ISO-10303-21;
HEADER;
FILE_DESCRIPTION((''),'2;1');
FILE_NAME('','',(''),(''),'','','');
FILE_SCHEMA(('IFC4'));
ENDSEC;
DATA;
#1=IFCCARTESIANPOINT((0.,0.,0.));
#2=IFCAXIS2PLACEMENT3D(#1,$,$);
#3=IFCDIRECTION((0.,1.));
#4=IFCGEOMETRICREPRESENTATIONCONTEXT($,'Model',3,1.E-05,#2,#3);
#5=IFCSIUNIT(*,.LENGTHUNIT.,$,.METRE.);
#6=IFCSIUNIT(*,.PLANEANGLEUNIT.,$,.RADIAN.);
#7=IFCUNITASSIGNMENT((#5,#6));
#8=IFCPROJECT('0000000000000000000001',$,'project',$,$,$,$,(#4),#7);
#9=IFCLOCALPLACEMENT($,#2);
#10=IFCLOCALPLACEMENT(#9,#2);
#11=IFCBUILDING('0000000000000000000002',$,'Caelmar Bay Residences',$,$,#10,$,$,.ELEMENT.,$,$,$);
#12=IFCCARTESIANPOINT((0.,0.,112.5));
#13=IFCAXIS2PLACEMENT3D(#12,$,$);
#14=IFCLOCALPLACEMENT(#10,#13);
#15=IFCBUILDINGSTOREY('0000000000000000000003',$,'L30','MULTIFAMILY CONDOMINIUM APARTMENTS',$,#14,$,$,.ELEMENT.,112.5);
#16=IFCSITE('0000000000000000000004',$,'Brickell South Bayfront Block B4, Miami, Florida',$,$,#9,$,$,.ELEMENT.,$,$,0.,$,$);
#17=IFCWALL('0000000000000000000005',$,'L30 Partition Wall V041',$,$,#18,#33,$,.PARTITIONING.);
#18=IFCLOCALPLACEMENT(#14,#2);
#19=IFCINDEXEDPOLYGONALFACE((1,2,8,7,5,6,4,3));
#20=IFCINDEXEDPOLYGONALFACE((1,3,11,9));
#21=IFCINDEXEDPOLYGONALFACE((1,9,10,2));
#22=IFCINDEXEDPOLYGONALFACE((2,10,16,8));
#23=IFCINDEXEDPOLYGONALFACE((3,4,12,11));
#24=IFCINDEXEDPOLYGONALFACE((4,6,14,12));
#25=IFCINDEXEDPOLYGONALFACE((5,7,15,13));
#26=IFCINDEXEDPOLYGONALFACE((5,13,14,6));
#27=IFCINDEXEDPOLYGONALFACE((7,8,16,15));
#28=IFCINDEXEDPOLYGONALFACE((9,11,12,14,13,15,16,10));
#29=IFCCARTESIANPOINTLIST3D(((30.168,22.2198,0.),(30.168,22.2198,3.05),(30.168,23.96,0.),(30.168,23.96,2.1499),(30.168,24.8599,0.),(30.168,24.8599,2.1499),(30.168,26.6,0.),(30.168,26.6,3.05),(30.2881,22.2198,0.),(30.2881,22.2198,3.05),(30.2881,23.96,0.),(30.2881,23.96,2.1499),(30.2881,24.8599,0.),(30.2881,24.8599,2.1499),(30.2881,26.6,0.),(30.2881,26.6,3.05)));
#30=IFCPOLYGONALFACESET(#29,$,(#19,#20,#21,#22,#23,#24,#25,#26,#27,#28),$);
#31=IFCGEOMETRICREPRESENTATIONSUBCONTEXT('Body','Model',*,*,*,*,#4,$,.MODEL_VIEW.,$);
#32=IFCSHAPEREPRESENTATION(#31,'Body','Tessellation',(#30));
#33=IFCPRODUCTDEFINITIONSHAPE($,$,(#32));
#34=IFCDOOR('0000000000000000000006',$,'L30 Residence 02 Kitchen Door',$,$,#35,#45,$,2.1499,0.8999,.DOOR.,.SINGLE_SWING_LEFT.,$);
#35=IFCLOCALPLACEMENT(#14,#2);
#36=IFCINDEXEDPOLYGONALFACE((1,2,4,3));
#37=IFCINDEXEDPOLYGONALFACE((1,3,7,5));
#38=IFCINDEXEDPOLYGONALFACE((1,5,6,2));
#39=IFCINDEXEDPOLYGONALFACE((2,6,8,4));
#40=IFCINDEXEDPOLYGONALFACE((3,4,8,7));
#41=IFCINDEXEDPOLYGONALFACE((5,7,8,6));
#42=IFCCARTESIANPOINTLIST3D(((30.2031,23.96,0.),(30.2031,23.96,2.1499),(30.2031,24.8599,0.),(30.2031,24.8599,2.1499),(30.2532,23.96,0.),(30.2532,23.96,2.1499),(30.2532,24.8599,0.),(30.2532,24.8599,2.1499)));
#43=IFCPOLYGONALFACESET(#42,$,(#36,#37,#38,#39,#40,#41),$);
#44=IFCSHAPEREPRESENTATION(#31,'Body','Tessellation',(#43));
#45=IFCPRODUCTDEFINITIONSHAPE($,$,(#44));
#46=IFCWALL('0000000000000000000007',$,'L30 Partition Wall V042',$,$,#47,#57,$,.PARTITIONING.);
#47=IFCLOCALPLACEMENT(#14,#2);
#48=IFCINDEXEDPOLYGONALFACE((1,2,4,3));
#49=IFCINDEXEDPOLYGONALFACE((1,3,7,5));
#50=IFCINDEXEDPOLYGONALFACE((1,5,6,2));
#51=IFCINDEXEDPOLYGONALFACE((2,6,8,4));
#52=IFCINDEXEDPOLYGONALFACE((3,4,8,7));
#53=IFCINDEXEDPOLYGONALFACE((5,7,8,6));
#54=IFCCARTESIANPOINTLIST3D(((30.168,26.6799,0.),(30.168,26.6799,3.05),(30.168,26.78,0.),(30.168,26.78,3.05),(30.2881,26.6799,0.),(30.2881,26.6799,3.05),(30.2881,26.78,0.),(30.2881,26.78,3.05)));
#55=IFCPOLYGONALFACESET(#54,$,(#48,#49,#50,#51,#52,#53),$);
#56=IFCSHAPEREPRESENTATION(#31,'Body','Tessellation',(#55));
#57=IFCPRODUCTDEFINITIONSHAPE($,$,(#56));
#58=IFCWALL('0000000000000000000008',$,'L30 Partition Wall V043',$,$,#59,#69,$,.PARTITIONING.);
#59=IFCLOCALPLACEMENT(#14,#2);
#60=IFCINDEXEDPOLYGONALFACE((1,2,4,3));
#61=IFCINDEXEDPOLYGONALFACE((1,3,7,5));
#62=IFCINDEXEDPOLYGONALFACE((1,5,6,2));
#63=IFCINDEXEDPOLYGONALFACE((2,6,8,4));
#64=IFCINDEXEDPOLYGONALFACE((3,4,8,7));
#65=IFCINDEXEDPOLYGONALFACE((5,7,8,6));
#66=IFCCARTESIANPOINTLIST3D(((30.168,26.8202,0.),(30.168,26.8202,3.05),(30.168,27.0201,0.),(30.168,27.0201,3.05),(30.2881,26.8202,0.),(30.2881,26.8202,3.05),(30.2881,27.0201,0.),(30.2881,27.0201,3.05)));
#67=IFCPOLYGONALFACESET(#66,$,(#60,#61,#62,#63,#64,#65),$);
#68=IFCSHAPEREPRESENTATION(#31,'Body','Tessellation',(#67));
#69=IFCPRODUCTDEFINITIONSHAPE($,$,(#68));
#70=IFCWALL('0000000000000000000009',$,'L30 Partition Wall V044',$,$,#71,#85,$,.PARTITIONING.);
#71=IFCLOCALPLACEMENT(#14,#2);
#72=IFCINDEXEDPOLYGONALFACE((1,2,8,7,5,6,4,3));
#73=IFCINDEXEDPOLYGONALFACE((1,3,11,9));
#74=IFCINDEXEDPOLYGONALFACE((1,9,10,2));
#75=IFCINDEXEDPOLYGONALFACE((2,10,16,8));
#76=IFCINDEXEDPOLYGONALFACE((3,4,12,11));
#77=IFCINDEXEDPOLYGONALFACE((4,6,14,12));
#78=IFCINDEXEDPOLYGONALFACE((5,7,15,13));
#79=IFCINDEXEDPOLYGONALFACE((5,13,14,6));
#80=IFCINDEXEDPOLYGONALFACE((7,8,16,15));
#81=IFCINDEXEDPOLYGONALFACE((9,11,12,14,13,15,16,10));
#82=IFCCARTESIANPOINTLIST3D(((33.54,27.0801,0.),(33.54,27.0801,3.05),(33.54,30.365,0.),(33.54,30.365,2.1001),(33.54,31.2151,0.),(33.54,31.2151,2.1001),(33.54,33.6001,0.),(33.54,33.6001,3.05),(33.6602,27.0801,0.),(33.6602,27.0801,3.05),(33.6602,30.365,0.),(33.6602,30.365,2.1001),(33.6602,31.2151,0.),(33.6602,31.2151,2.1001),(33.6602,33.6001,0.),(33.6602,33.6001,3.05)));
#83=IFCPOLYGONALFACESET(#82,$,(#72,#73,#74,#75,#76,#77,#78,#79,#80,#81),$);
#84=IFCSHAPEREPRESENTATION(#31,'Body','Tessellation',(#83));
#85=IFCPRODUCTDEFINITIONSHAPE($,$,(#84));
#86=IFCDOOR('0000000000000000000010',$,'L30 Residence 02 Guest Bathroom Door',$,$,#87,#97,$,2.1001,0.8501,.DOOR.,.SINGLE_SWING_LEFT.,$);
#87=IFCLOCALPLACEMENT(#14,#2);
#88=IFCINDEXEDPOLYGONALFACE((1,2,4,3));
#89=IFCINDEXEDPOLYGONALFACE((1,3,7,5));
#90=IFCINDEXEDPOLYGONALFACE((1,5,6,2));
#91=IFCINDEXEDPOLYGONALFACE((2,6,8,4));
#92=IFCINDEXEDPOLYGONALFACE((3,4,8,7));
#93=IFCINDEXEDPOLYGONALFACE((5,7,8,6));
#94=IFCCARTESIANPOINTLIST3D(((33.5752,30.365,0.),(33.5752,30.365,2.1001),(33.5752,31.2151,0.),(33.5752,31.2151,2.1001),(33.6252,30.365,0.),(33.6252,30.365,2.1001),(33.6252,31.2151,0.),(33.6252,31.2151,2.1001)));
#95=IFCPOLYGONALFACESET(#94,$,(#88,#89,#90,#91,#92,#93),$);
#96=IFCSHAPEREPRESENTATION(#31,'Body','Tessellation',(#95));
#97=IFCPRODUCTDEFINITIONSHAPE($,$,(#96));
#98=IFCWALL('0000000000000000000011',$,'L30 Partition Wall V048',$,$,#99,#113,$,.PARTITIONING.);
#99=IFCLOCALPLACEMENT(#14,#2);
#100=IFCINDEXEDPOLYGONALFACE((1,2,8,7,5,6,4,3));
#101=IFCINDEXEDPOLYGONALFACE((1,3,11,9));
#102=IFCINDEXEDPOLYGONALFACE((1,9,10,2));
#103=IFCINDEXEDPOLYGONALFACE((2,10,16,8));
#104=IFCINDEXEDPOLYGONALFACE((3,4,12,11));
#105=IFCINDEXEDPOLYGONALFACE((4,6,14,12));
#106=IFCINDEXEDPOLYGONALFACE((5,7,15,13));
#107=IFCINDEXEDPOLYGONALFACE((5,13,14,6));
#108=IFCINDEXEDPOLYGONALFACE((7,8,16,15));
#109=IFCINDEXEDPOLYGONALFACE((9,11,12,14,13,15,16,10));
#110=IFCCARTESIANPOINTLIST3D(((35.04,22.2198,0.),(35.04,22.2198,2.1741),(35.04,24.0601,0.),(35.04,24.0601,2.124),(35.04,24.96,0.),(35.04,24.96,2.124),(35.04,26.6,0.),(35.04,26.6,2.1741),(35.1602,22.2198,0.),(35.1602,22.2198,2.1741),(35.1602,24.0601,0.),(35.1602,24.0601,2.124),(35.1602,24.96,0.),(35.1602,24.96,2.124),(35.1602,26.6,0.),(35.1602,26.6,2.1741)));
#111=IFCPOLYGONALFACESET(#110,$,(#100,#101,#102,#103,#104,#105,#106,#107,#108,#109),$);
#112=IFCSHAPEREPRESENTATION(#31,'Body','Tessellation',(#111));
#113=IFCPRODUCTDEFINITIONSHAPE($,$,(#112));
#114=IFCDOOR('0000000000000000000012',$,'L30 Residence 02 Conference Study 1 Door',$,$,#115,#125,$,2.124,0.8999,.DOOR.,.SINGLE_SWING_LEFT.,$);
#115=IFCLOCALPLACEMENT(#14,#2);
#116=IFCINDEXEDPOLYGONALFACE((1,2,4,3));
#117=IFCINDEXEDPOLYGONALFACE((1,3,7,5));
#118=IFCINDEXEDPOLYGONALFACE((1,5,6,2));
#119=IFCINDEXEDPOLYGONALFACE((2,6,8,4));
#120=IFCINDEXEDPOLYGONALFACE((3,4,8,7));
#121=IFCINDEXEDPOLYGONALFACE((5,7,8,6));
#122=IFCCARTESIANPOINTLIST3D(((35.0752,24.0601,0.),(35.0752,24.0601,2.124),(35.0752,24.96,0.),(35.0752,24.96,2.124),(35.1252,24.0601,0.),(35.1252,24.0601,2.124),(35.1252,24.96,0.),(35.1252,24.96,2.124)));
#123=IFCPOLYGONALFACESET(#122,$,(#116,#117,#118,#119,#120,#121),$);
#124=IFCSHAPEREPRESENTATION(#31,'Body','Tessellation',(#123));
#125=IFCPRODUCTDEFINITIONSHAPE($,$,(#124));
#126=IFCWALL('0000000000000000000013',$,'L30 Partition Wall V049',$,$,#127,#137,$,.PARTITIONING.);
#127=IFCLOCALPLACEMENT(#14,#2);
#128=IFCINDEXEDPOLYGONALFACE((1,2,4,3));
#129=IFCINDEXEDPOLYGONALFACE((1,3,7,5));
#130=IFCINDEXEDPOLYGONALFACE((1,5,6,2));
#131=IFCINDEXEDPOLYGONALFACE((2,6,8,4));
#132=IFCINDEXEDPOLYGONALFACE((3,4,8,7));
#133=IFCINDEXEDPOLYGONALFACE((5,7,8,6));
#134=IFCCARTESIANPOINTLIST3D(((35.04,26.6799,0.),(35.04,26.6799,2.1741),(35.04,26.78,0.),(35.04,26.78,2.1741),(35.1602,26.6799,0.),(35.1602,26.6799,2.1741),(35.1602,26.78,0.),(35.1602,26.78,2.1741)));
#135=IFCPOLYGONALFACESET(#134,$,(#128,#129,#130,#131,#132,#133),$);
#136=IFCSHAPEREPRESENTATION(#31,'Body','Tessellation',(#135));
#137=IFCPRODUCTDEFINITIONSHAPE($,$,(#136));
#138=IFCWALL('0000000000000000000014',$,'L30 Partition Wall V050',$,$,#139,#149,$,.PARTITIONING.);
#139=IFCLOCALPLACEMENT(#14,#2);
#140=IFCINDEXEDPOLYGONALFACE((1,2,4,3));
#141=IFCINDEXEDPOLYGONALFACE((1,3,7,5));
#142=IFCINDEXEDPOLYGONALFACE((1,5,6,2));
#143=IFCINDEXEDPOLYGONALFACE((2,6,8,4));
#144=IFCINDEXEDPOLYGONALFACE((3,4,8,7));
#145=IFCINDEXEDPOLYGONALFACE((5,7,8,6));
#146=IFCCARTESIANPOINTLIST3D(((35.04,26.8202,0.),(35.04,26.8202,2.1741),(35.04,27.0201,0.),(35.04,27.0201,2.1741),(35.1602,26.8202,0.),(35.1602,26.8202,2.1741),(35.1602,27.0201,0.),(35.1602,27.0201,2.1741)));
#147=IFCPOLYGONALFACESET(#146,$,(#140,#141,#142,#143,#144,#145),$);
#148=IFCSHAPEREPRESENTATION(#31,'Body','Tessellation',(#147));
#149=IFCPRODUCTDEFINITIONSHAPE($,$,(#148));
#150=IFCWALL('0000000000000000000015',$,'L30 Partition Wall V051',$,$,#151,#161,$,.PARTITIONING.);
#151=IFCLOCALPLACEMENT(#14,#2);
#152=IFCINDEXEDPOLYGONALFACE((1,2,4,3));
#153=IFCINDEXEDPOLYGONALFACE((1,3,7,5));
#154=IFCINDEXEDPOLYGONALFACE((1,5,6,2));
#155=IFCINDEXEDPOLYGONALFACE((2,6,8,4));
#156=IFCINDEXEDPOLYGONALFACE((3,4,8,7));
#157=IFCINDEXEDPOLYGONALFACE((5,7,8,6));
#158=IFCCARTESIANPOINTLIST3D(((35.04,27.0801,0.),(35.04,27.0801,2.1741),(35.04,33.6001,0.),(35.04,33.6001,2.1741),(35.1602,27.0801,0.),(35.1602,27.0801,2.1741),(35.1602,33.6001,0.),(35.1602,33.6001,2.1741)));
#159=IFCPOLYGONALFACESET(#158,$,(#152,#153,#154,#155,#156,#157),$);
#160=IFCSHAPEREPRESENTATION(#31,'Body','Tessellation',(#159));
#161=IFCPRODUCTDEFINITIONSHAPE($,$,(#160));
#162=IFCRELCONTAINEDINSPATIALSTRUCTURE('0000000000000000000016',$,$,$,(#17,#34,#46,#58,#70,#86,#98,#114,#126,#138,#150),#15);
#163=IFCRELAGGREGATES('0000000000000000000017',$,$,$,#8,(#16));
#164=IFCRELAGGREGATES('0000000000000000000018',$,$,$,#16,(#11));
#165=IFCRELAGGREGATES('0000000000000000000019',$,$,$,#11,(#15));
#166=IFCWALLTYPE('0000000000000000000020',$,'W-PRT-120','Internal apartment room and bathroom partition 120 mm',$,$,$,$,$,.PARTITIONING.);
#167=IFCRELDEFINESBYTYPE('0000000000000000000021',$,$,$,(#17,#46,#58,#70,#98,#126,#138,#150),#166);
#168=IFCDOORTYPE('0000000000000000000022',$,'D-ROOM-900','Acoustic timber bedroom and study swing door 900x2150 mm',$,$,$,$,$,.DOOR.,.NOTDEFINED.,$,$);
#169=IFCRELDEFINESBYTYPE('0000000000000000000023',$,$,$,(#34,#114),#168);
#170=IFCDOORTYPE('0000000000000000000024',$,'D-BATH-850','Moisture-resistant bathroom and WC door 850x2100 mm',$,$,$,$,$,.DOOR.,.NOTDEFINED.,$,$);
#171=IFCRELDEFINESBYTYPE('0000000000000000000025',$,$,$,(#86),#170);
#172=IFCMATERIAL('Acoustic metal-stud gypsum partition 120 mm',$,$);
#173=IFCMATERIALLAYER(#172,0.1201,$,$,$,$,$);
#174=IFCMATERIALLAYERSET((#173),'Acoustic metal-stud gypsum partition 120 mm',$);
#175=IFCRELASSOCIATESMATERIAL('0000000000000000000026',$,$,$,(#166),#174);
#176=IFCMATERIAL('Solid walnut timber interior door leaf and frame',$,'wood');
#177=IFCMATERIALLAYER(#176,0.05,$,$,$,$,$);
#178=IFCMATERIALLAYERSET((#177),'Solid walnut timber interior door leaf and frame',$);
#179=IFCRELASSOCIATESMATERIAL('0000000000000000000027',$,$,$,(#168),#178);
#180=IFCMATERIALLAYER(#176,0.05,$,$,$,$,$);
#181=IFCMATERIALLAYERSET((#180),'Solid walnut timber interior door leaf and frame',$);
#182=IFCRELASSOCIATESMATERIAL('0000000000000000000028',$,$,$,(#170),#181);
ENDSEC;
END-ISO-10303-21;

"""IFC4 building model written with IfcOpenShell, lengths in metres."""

from ifc_helpers import new_model, si_unit, direction, frame, frame_2d, origin, place, context, subcontext, project, spatial, rectangle, extrude, material, layer, layer_set, type_object, element, fill, save


model = new_model("IFC4")

# Units and contexts
model_context = context("Model", 3, precision=1e-05, world=origin(), true_north=direction((0.0, 1.0)))
body_context = subcontext(model_context, "Body", "Model", "MODEL_VIEW")
ifc_project = project(units=[si_unit("LENGTHUNIT", "METRE"), si_unit("PLANEANGLEUNIT", "RADIAN")], contexts=[model_context])

# Site, building, storey
site_placement = place(None, origin())
site = spatial("IfcSite", under=ifc_project, at=site_placement, Name="Brickell South Bayfront Block B4, Miami, Florida", CompositionType="ELEMENT", RefElevation=0.0)
building_placement = place(site_placement, origin())
building = spatial("IfcBuilding", under=site, at=building_placement, Name="Caelmar Bay Residences", CompositionType="ELEMENT")
storey_placement = place(building_placement, frame((0.0, 0.0, 112.5)))
storey = spatial("IfcBuildingStorey", under=building, at=storey_placement, Name="L30", Description="MULTIFAMILY CONDOMINIUM APARTMENTS", CompositionType="ELEMENT", Elevation=112.5)

# Wall, opening, door
ifc_material_1 = material(Name="Acoustic metal-stud gypsum partition 120 mm")
ifc_layer_1 = layer(ifc_material_1, 0.1201)
ifc_layer_set_1 = layer_set([ifc_layer_1], Name="Acoustic metal-stud gypsum partition 120 mm")
wall_type = type_object("IfcWallType", Name="W-PRT-120", Description="Internal apartment room and bathroom partition 120 mm", PredefinedType="PARTITIONING", material=ifc_layer_set_1)
wall_1_placement = place(storey_placement, frame((30.228, 22.22, 0.0), z_axis=(0.0, 0.0, 1.0), x_axis=(0.0, 1.0, 0.0)))
wall_1 = element("IfcWall", 1, at=wall_1_placement, inside=storey, type_object=wall_type, Name="L30 Partition Wall V041", PredefinedType="PARTITIONING", context=body_context, shape_type="SweptSolid", body=[
    extrude(rectangle(XDim=4.3801, YDim=0.1201, at=frame_2d((2.1899, 0.0))), origin(), (0.0, 0.0, 1.0), 3.05),
])
opening_1_placement = place(wall_1_placement, frame((1.74, 0.0, 0.0)))
opening_1 = element("IfcOpeningElement", 2, at=opening_1_placement, cuts=wall_1, PredefinedType="OPENING", context=body_context, shape_type="SweptSolid", body=[
    extrude(rectangle(XDim=0.8999, YDim=2.1499, at=frame_2d((0.45, 1.075))), frame((0.0, 0.0701, 0.0), z_axis=(0.0, -1.0, 0.0), x_axis=(1.0, 0.0, 0.0)), (0.0, 0.0, 1.0), 0.1401),
])
ifc_material_2 = material(Name="Solid walnut timber interior door leaf and frame", Category="wood")
ifc_layer_2 = layer(ifc_material_2, 0.05)
ifc_layer_set_2 = layer_set([ifc_layer_2], Name="Solid walnut timber interior door leaf and frame")
door_type_1 = type_object("IfcDoorType", Name="D-ROOM-900", Description="Acoustic timber bedroom and study swing door 900x2150 mm", OperationType="NOTDEFINED", PredefinedType="DOOR", material=ifc_layer_set_2)
door_1_placement = place(opening_1_placement, origin())
door_1 = element("IfcDoor", 3, at=door_1_placement, inside=storey, type_object=door_type_1, Name="L30 Residence 02 Kitchen Door", OperationType="SINGLE_SWING_LEFT", OverallHeight=2.1499, OverallWidth=0.8999, PredefinedType="DOOR", context=body_context, shape_type="SweptSolid", body=[
    extrude(rectangle(XDim=0.8999, YDim=2.1499, at=frame_2d((0.45, 1.075))), frame((0.0, 0.0249, 0.0), z_axis=(0.0, -1.0, 0.0), x_axis=(1.0, 0.0, 0.0)), (0.0, 0.0, 1.0), 0.05),
])
fill(opening_1, door_1)

# Walls
wall_2_placement = place(storey_placement, frame((30.228, 26.6799, 0.0), z_axis=(0.0, 0.0, 1.0), x_axis=(0.0, 1.0, 0.0)))
element("IfcWall", 4, at=wall_2_placement, inside=storey, type_object=wall_type, Name="L30 Partition Wall V042", PredefinedType="PARTITIONING", context=body_context, shape_type="SweptSolid", body=[
    extrude(rectangle(XDim=0.1001, YDim=0.1201, at=frame_2d((0.05, 0.0))), origin(), (0.0, 0.0, 1.0), 3.05),
])
wall_3_placement = place(storey_placement, frame((30.228, 26.8201, 0.0), z_axis=(0.0, 0.0, 1.0), x_axis=(0.0, 1.0, 0.0)))
element("IfcWall", 5, at=wall_3_placement, inside=storey, type_object=wall_type, Name="L30 Partition Wall V043", PredefinedType="PARTITIONING", context=body_context, shape_type="SweptSolid", body=[
    extrude(rectangle(XDim=0.2, YDim=0.1201, at=frame_2d((0.1001, 0.0))), origin(), (0.0, 0.0, 1.0), 3.05),
])

# Walls, openings, doors
wall_4_placement = place(storey_placement, frame((33.6001, 27.0801, 0.0), z_axis=(0.0, 0.0, 1.0), x_axis=(0.0, 1.0, 0.0)))
wall_4 = element("IfcWall", 6, at=wall_4_placement, inside=storey, type_object=wall_type, Name="L30 Partition Wall V044", PredefinedType="PARTITIONING", context=body_context, shape_type="SweptSolid", body=[
    extrude(rectangle(XDim=6.52, YDim=0.1201, at=frame_2d((3.26, 0.0))), origin(), (0.0, 0.0, 1.0), 3.05),
])
opening_2_placement = place(wall_4_placement, frame((3.2849, 0.0, 0.0)))
opening_2 = element("IfcOpeningElement", 7, at=opening_2_placement, cuts=wall_4, PredefinedType="OPENING", context=body_context, shape_type="SweptSolid", body=[
    extrude(rectangle(XDim=0.8501, YDim=2.1001, at=frame_2d((0.425, 1.05))), frame((0.0, 0.0701, 0.0), z_axis=(0.0, -1.0, 0.0), x_axis=(1.0, 0.0, 0.0)), (0.0, 0.0, 1.0), 0.1401),
])
ifc_layer_3 = layer(ifc_material_2, 0.05)
ifc_layer_set_3 = layer_set([ifc_layer_3], Name="Solid walnut timber interior door leaf and frame")
door_type_2 = type_object("IfcDoorType", Name="D-BATH-850", Description="Moisture-resistant bathroom and WC door 850x2100 mm", OperationType="NOTDEFINED", PredefinedType="DOOR", material=ifc_layer_set_3)
door_2_placement = place(opening_2_placement, origin())
door_2 = element("IfcDoor", 8, at=door_2_placement, inside=storey, type_object=door_type_2, Name="L30 Residence 02 Guest Bathroom Door", OperationType="SINGLE_SWING_LEFT", OverallHeight=2.1001, OverallWidth=0.8501, PredefinedType="DOOR", context=body_context, shape_type="SweptSolid", body=[
    extrude(rectangle(XDim=0.8501, YDim=2.1001, at=frame_2d((0.425, 1.05))), frame((0.0, 0.0249, 0.0), z_axis=(0.0, -1.0, 0.0), x_axis=(1.0, 0.0, 0.0)), (0.0, 0.0, 1.0), 0.05),
])
fill(opening_2, door_2)
wall_5_placement = place(storey_placement, frame((35.1001, 22.22, 0.0), z_axis=(0.0, 0.0, 1.0), x_axis=(0.0, 1.0, 0.0)))
wall_5 = element("IfcWall", 9, at=wall_5_placement, inside=storey, type_object=wall_type, Name="L30 Partition Wall V048", PredefinedType="PARTITIONING", context=body_context, shape_type="SweptSolid", body=[
    extrude(rectangle(XDim=4.3801, YDim=0.1201, at=frame_2d((2.1899, 0.0))), origin(), (0.0, 0.0, 1.0), 2.1741),
])
opening_3_placement = place(wall_5_placement, frame((1.8401, 0.0, 0.0)))
opening_3 = element("IfcOpeningElement", 10, at=opening_3_placement, cuts=wall_5, PredefinedType="OPENING", context=body_context, shape_type="SweptSolid", body=[
    extrude(rectangle(XDim=0.8999, YDim=2.124, at=frame_2d((0.45, 1.062))), frame((0.0, 0.0701, 0.0), z_axis=(0.0, -1.0, 0.0), x_axis=(1.0, 0.0, 0.0)), (0.0, 0.0, 1.0), 0.1401),
])
door_3_placement = place(opening_3_placement, origin())
door_3 = element("IfcDoor", 11, at=door_3_placement, inside=storey, type_object=door_type_1, Name="L30 Residence 02 Conference Study 1 Door", OperationType="SINGLE_SWING_LEFT", OverallHeight=2.124, OverallWidth=0.8999, PredefinedType="DOOR", context=body_context, shape_type="SweptSolid", body=[
    extrude(rectangle(XDim=0.8999, YDim=2.124, at=frame_2d((0.45, 1.062))), frame((0.0, 0.0249, 0.0), z_axis=(0.0, -1.0, 0.0), x_axis=(1.0, 0.0, 0.0)), (0.0, 0.0, 1.0), 0.05),
])
fill(opening_3, door_3)

# Walls
wall_6_placement = place(storey_placement, frame((35.1001, 26.6799, 0.0), z_axis=(0.0, 0.0, 1.0), x_axis=(0.0, 1.0, 0.0)))
element("IfcWall", 12, at=wall_6_placement, inside=storey, type_object=wall_type, Name="L30 Partition Wall V049", PredefinedType="PARTITIONING", context=body_context, shape_type="SweptSolid", body=[
    extrude(rectangle(XDim=0.1001, YDim=0.1201, at=frame_2d((0.05, 0.0))), origin(), (0.0, 0.0, 1.0), 2.1741),
])
wall_7_placement = place(storey_placement, frame((35.1001, 26.8201, 0.0), z_axis=(0.0, 0.0, 1.0), x_axis=(0.0, 1.0, 0.0)))
element("IfcWall", 13, at=wall_7_placement, inside=storey, type_object=wall_type, Name="L30 Partition Wall V050", PredefinedType="PARTITIONING", context=body_context, shape_type="SweptSolid", body=[
    extrude(rectangle(XDim=0.2, YDim=0.1201, at=frame_2d((0.1001, 0.0))), origin(), (0.0, 0.0, 1.0), 2.1741),
])
wall_8_placement = place(storey_placement, frame((35.1001, 27.0801, 0.0), z_axis=(0.0, 0.0, 1.0), x_axis=(0.0, 1.0, 0.0)))
element("IfcWall", 14, at=wall_8_placement, inside=storey, type_object=wall_type, Name="L30 Partition Wall V051", PredefinedType="PARTITIONING", context=body_context, shape_type="SweptSolid", body=[
    extrude(rectangle(XDim=6.52, YDim=0.1201, at=frame_2d((3.26, 0.0))), origin(), (0.0, 0.0, 1.0), 2.1741),
])

save(model, "model.ifc")
